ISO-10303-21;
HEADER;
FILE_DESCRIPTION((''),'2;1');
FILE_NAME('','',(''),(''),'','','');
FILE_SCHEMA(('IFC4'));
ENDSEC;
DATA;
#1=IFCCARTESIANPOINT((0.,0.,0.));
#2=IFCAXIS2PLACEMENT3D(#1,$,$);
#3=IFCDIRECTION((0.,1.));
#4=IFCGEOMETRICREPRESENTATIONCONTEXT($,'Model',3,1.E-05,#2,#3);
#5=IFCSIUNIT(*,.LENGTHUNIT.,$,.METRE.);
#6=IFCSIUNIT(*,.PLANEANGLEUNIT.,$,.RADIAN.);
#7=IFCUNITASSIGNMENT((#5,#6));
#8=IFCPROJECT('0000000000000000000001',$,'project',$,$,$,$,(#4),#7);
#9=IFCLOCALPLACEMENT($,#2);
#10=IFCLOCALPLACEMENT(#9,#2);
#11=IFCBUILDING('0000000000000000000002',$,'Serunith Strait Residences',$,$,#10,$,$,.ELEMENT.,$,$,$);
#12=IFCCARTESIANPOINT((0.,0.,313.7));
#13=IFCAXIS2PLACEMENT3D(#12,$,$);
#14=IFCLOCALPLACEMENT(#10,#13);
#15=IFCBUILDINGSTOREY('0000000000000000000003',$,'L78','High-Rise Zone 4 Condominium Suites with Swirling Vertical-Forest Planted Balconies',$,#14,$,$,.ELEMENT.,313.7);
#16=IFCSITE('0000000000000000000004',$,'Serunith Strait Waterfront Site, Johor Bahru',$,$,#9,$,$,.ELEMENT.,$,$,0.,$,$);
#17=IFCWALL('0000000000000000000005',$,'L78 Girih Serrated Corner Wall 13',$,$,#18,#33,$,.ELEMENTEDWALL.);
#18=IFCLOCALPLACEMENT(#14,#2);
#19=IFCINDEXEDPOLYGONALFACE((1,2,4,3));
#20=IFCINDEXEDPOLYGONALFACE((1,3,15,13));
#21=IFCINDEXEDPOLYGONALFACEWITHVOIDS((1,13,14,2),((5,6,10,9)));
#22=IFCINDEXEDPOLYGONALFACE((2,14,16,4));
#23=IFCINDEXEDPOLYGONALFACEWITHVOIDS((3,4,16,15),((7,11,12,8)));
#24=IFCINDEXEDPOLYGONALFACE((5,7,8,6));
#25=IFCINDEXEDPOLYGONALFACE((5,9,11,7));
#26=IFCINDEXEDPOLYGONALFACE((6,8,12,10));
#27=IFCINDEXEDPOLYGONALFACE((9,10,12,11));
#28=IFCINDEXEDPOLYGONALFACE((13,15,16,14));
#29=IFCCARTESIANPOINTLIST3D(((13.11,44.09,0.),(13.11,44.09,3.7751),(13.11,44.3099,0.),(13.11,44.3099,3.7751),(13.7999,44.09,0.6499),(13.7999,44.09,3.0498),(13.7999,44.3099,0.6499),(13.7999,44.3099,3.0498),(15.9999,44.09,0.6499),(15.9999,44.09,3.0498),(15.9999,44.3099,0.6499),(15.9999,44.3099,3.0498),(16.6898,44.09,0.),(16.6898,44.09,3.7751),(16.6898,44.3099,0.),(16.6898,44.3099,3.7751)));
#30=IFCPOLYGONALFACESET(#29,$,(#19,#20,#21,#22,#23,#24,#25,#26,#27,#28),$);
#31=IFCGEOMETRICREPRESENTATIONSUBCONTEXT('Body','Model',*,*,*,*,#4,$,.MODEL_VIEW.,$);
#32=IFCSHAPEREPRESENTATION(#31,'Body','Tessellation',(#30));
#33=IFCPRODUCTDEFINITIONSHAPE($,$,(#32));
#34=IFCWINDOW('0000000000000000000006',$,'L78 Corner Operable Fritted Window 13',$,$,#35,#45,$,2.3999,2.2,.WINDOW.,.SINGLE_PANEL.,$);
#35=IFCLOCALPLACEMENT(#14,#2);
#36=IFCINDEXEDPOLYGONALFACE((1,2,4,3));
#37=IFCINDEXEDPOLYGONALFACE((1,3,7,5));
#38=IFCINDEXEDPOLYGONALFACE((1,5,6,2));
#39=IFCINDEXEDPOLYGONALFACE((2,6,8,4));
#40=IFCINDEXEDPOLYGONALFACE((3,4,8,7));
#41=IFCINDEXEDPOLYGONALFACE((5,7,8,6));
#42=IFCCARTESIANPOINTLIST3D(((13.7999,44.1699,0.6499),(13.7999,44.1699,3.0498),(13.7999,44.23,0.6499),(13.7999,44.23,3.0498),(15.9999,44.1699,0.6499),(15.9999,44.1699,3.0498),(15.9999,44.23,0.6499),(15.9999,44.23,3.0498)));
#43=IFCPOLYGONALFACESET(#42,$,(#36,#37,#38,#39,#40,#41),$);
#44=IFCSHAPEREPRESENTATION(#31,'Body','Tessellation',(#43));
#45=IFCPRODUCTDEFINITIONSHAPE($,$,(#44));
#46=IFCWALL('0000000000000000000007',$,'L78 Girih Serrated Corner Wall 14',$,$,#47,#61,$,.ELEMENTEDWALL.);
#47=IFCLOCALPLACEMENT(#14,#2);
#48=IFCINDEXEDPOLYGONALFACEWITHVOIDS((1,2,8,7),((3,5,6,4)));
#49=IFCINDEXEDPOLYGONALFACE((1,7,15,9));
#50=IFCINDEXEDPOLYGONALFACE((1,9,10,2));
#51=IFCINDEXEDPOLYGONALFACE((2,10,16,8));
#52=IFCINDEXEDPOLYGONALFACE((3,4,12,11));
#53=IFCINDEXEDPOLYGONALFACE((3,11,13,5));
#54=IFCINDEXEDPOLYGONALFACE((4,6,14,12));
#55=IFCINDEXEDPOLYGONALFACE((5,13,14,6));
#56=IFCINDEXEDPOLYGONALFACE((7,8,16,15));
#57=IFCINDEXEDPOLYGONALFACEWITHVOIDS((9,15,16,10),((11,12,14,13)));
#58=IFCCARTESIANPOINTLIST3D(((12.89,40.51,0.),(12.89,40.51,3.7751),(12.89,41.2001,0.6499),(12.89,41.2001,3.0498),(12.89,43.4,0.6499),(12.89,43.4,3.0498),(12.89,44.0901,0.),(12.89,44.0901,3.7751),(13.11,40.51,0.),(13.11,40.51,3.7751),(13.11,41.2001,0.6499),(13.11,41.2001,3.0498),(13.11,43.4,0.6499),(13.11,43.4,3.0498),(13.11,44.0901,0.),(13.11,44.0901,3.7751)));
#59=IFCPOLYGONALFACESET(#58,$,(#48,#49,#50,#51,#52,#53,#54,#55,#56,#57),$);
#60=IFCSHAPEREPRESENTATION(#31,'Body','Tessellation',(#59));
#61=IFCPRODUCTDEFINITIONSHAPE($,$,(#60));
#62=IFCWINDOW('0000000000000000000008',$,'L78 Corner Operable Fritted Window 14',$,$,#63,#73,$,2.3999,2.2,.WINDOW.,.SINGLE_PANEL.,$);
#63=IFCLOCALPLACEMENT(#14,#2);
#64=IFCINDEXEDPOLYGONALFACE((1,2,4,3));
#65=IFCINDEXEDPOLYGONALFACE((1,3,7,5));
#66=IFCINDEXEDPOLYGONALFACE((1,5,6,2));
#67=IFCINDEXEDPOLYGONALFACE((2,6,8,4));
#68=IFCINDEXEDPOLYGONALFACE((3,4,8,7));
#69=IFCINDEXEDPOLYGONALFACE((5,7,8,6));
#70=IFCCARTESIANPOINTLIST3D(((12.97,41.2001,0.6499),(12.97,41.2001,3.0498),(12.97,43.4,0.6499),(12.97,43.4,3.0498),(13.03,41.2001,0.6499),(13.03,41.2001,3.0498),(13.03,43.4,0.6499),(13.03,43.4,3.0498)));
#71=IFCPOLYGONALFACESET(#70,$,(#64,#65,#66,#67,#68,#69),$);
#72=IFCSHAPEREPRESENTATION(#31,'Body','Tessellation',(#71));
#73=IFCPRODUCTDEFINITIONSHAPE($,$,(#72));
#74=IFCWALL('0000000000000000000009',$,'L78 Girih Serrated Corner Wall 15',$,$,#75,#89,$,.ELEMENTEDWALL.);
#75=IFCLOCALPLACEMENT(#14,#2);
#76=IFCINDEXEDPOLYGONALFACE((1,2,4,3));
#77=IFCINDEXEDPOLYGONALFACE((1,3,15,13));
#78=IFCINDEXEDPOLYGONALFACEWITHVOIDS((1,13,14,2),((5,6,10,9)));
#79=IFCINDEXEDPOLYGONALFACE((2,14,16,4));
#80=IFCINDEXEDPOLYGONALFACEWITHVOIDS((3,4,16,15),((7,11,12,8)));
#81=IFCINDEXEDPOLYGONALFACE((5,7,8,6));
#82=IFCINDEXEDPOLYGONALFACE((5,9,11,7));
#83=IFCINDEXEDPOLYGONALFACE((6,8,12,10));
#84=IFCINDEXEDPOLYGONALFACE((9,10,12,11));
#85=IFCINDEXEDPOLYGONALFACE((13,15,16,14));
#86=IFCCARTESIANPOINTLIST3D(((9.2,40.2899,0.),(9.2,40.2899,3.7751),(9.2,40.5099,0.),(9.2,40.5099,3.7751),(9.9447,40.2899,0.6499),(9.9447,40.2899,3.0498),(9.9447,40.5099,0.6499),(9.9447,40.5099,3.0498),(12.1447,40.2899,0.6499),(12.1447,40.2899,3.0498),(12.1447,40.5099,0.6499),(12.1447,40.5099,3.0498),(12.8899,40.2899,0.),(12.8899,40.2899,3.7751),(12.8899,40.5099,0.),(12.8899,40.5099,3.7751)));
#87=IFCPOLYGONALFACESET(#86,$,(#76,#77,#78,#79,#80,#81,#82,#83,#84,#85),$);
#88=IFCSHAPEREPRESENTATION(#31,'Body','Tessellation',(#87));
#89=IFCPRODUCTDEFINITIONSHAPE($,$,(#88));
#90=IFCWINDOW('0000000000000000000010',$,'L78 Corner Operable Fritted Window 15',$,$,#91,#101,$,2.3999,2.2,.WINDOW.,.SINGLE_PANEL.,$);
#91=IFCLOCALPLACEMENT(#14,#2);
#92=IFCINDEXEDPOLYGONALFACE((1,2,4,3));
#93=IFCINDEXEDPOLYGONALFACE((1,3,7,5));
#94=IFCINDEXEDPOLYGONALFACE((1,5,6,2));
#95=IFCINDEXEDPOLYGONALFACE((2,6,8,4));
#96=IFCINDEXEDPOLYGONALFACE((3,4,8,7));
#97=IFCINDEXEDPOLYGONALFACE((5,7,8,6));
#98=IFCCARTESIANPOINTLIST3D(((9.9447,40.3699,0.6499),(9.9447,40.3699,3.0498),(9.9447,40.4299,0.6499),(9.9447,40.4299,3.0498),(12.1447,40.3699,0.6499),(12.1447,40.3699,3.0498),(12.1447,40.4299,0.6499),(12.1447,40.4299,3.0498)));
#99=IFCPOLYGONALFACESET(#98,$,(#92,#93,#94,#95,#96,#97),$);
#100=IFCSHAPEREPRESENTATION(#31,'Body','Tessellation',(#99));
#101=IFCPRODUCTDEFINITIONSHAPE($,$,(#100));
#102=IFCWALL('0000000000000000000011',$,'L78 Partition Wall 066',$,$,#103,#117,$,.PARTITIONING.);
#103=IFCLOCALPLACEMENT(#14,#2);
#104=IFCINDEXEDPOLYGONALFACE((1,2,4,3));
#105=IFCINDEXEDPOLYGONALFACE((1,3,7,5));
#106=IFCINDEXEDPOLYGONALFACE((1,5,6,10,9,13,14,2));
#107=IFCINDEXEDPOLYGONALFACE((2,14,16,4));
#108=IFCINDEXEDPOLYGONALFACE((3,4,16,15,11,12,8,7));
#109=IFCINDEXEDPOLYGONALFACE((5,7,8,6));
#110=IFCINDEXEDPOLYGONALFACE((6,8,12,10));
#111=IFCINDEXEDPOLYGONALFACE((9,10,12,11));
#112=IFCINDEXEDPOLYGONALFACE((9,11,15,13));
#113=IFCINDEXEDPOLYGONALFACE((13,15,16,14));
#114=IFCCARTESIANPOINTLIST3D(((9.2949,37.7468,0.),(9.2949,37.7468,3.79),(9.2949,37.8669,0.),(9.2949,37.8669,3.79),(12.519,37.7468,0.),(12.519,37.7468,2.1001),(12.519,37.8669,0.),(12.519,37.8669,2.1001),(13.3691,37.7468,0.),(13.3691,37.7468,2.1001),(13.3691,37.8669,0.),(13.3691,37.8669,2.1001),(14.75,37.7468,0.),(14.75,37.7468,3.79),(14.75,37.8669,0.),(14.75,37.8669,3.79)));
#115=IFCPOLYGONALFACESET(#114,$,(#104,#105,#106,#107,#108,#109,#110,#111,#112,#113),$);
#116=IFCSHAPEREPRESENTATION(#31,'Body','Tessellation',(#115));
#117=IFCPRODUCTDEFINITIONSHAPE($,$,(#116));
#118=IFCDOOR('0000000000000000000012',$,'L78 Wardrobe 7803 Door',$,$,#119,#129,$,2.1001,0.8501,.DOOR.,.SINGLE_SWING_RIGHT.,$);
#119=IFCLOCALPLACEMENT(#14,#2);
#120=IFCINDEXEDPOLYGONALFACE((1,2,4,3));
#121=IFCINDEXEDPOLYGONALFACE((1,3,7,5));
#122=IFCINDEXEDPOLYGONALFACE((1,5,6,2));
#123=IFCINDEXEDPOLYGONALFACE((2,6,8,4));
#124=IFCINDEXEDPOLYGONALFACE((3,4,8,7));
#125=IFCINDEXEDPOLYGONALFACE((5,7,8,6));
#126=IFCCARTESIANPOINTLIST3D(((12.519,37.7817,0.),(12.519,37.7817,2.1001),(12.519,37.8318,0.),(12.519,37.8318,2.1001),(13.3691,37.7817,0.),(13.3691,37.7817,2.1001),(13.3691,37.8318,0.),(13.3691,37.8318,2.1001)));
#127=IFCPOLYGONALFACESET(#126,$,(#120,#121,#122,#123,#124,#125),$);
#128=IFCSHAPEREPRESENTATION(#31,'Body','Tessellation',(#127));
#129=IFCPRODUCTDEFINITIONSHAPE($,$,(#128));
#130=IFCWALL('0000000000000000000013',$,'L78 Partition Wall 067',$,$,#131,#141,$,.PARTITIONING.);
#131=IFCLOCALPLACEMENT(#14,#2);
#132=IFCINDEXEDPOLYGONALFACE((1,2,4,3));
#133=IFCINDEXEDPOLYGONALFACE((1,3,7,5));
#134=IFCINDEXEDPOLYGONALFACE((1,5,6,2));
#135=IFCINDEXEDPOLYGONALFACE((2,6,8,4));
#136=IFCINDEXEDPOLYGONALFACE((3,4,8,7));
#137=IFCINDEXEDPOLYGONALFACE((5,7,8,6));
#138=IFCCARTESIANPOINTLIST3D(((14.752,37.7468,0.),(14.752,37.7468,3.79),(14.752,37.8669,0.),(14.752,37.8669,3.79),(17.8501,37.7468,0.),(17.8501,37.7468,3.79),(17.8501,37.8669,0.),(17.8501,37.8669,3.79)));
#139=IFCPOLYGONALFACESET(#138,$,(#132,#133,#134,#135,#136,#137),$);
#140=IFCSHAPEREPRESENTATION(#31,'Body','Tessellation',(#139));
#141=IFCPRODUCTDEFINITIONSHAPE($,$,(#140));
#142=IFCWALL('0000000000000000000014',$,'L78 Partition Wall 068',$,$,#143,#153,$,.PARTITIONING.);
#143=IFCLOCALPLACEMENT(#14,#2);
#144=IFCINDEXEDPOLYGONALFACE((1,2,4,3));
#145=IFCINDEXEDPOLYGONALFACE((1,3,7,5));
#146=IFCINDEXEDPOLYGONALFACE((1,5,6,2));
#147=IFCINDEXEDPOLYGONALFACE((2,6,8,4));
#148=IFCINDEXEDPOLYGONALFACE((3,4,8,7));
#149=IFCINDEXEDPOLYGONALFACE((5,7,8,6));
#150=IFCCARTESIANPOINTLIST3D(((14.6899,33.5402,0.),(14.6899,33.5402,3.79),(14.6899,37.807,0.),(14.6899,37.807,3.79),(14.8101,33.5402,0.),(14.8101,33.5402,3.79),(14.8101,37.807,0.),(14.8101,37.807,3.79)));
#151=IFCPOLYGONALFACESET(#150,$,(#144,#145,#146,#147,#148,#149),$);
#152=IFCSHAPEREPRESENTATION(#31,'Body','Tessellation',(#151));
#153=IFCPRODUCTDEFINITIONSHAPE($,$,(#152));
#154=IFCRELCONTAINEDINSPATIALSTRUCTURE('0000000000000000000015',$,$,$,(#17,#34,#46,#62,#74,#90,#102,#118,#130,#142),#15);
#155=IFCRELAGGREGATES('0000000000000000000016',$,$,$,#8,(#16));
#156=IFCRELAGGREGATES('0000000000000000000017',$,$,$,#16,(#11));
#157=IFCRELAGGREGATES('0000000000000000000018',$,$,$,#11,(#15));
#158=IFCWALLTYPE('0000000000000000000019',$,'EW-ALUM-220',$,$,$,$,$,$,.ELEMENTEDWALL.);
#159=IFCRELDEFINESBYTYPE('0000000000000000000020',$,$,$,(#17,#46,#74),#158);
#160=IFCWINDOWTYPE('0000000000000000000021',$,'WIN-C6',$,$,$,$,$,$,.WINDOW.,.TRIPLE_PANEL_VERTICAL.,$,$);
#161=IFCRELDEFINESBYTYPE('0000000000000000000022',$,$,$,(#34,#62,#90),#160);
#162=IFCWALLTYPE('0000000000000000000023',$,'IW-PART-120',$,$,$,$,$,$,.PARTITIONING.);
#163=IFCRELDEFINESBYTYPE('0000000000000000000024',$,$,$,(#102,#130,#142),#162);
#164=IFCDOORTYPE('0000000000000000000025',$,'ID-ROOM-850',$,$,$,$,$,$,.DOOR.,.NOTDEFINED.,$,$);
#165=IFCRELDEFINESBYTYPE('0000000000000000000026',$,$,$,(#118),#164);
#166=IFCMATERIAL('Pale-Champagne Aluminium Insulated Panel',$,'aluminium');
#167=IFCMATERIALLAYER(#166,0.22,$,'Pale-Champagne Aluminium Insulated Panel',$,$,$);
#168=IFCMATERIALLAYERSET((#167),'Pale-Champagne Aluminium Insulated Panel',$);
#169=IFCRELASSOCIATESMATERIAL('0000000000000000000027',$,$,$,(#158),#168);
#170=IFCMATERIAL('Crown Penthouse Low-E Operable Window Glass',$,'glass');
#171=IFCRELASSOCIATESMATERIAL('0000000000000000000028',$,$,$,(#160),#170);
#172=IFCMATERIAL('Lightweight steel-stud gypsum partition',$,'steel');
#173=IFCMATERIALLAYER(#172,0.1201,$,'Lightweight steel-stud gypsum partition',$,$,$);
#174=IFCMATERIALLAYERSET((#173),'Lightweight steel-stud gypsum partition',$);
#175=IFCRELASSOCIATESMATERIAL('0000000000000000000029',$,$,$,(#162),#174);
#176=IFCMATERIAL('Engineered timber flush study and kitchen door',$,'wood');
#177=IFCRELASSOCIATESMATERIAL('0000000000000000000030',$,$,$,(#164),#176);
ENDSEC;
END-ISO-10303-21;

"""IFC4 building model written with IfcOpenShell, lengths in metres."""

from ifc_helpers import new_model, si_unit, direction, frame, frame_2d, origin, place, context, subcontext, project, spatial, rectangle, extrude, source, transform, mapped, material, layer, layer_set, type_object, element, fill, save


model = new_model("IFC4")

# Units and contexts
model_context = context("Model", 3, precision=1e-05, world=origin(), true_north=direction((0.0, 1.0)))
body_context = subcontext(model_context, "Body", "Model", "MODEL_VIEW")
ifc_project = project(units=[si_unit("LENGTHUNIT", "METRE"), si_unit("PLANEANGLEUNIT", "RADIAN")], contexts=[model_context])

# Site, building, storey
site_placement = place(None, origin())
site = spatial("IfcSite", under=ifc_project, at=site_placement, Name="Serunith Strait Waterfront Site, Johor Bahru", CompositionType="ELEMENT", RefElevation=0.0)
building_placement = place(site_placement, origin())
building = spatial("IfcBuilding", under=site, at=building_placement, Name="Serunith Strait Residences", CompositionType="ELEMENT")
storey_placement = place(building_placement, frame((0.0, 0.0, 313.7)))
storey = spatial("IfcBuildingStorey", under=building, at=storey_placement, Name="L78", Description="High-Rise Zone 4 Condominium Suites with Swirling Vertical-Forest Planted Balconies", CompositionType="ELEMENT", Elevation=313.7)

# Walls, openings, windows
ifc_material_1 = material(Name="Pale-Champagne Aluminium Insulated Panel", Category="aluminium")
ifc_layer_1 = layer(ifc_material_1, 0.22, Name="Pale-Champagne Aluminium Insulated Panel")
ifc_layer_set_1 = layer_set([ifc_layer_1], Name="Pale-Champagne Aluminium Insulated Panel")
wall_type_1 = type_object("IfcWallType", Name="EW-ALUM-220", PredefinedType="ELEMENTEDWALL", material=ifc_layer_set_1)
ifc_material_2 = material(Name="Crown Penthouse Low-E Operable Window Glass", Category="glass")
window_type = type_object("IfcWindowType", Name="WIN-C6", PartitioningType="TRIPLE_PANEL_VERTICAL", PredefinedType="WINDOW", material=ifc_material_2)
shared_shape_1 = source(origin(), body_context, "Body", "SweptSolid", [
    extrude(rectangle(XDim=2.2, YDim=2.3999, at=frame_2d((1.1001, 1.2))), frame((0.0, 0.03, 0.0), z_axis=(0.0, -1.0, 0.0), x_axis=(1.0, 0.0, 0.0)), (0.0, 0.0, 1.0), 0.0601),
])
wall_1_placement = place(storey_placement, frame((16.6899, 44.2, 0.0), z_axis=(0.0, 0.0, 1.0), x_axis=(-1.0, 0.0, 0.0)))
wall_1 = element("IfcWall", 1, at=wall_1_placement, inside=storey, type_object=wall_type_1, Name="L78 Girih Serrated Corner Wall 13", PredefinedType="ELEMENTEDWALL", context=body_context, shape_type="SweptSolid", body=[
    extrude(rectangle(XDim=3.5798, YDim=0.22, at=frame_2d((1.79, 0.0))), origin(), (0.0, 0.0, 1.0), 3.7751),
])
opening_1_placement = place(wall_1_placement, frame((0.6899, 0.0, 0.6499)))
opening_1 = element("IfcOpeningElement", 2, at=opening_1_placement, cuts=wall_1, PredefinedType="OPENING", context=body_context, shape_type="SweptSolid", body=[
    extrude(rectangle(XDim=2.2, YDim=2.3999, at=frame_2d((1.1001, 1.2))), frame((0.0, 0.1201, 0.0), z_axis=(0.0, -1.0, 0.0), x_axis=(1.0, 0.0, 0.0)), (0.0, 0.0, 1.0), 0.24),
])
window_1_placement = place(opening_1_placement, origin())
window_1 = element("IfcWindow", 3, at=window_1_placement, inside=storey, type_object=window_type, Name="L78 Corner Operable Fritted Window 13", OverallHeight=2.3999, OverallWidth=2.2, PartitioningType="SINGLE_PANEL", PredefinedType="WINDOW", context=body_context, shape_type="MappedRepresentation", body=[
    mapped(shared_shape_1, transform((0.0, 0.0, 0.0), scale=1.0)),
])
fill(opening_1, window_1)
wall_2_placement = place(storey_placement, frame((13.0, 44.0901, 0.0), z_axis=(0.0, 0.0, 1.0), x_axis=(0.0, -1.0, 0.0)))
wall_2 = element("IfcWall", 4, at=wall_2_placement, inside=storey, type_object=wall_type_1, Name="L78 Girih Serrated Corner Wall 14", PredefinedType="ELEMENTEDWALL", context=body_context, shape_type="SweptSolid", body=[
    extrude(rectangle(XDim=3.5801, YDim=0.22, at=frame_2d((1.79, 0.0))), origin(), (0.0, 0.0, 1.0), 3.7751),
])
opening_2_placement = place(wall_2_placement, frame((0.6899, 0.0, 0.6499)))
opening_2 = element("IfcOpeningElement", 5, at=opening_2_placement, cuts=wall_2, PredefinedType="OPENING", context=body_context, shape_type="SweptSolid", body=[
    extrude(rectangle(XDim=2.2, YDim=2.3999, at=frame_2d((1.1001, 1.2))), frame((0.0, 0.1201, 0.0), z_axis=(0.0, -1.0, 0.0), x_axis=(1.0, 0.0, 0.0)), (0.0, 0.0, 1.0), 0.24),
])
window_2_placement = place(opening_2_placement, origin())
window_2 = element("IfcWindow", 6, at=window_2_placement, inside=storey, type_object=window_type, Name="L78 Corner Operable Fritted Window 14", OverallHeight=2.3999, OverallWidth=2.2, PartitioningType="SINGLE_PANEL", PredefinedType="WINDOW", context=body_context, shape_type="MappedRepresentation", body=[
    mapped(shared_shape_1, transform((0.0, 0.0, 0.0), scale=1.0)),
])
fill(opening_2, window_2)
wall_3_placement = place(storey_placement, frame((12.8899, 40.3999, 0.0), z_axis=(0.0, 0.0, 1.0), x_axis=(-1.0, 0.0, 0.0)))
wall_3 = element("IfcWall", 7, at=wall_3_placement, inside=storey, type_object=wall_type_1, Name="L78 Girih Serrated Corner Wall 15", PredefinedType="ELEMENTEDWALL", context=body_context, shape_type="SweptSolid", body=[
    extrude(rectangle(XDim=3.6899, YDim=0.22, at=frame_2d((1.845, 0.0))), origin(), (0.0, 0.0, 1.0), 3.7751),
])
opening_3_placement = place(wall_3_placement, frame((0.7451, 0.0, 0.6499)))
opening_3 = element("IfcOpeningElement", 8, at=opening_3_placement, cuts=wall_3, PredefinedType="OPENING", context=body_context, shape_type="SweptSolid", body=[
    extrude(rectangle(XDim=2.2, YDim=2.3999, at=frame_2d((1.1001, 1.2))), frame((0.0, 0.1201, 0.0), z_axis=(0.0, -1.0, 0.0), x_axis=(1.0, 0.0, 0.0)), (0.0, 0.0, 1.0), 0.24),
])
window_3_placement = place(opening_3_placement, origin())
window_3 = element("IfcWindow", 9, at=window_3_placement, inside=storey, type_object=window_type, Name="L78 Corner Operable Fritted Window 15", OverallHeight=2.3999, OverallWidth=2.2, PartitioningType="SINGLE_PANEL", PredefinedType="WINDOW", context=body_context, shape_type="MappedRepresentation", body=[
    mapped(shared_shape_1, transform((0.0, 0.0, 0.0), scale=1.0)),
])
fill(opening_3, window_3)

# Wall, opening, door
ifc_material_3 = material(Name="Lightweight steel-stud gypsum partition", Category="steel")
ifc_layer_2 = layer(ifc_material_3, 0.1201, Name="Lightweight steel-stud gypsum partition")
ifc_layer_set_2 = layer_set([ifc_layer_2], Name="Lightweight steel-stud gypsum partition")
wall_type_2 = type_object("IfcWallType", Name="IW-PART-120", PredefinedType="PARTITIONING", material=ifc_layer_set_2)
wall_4_placement = place(storey_placement, frame((9.2949, 37.8069, 0.0), z_axis=(0.0, 0.0, 1.0), x_axis=(1.0, 0.0, 0.0)))
wall_4 = element("IfcWall", 10, at=wall_4_placement, inside=storey, type_object=wall_type_2, Name="L78 Partition Wall 066", PredefinedType="PARTITIONING", context=body_context, shape_type="SweptSolid", body=[
    extrude(rectangle(XDim=5.4551, YDim=0.1201, at=frame_2d((2.7275, 0.0))), origin(), (0.0, 0.0, 1.0), 3.79),
])
opening_4_placement = place(wall_4_placement, frame((3.2241, 0.0, 0.0)))
opening_4 = element("IfcOpeningElement", 11, at=opening_4_placement, cuts=wall_4, PredefinedType="OPENING", context=body_context, shape_type="SweptSolid", body=[
    extrude(rectangle(XDim=0.8501, YDim=2.1001, at=frame_2d((0.425, 1.05))), frame((0.0, 0.0701, 0.0), z_axis=(0.0, -1.0, 0.0), x_axis=(1.0, 0.0, 0.0)), (0.0, 0.0, 1.0), 0.1401),
])
ifc_material_4 = material(Name="Engineered timber flush study and kitchen door", Category="wood")
door_type_1 = type_object("IfcDoorType", Name="ID-ROOM-850", OperationType="NOTDEFINED", PredefinedType="DOOR", material=ifc_material_4)
shared_shape_2 = source(origin(), body_context, "Body", "SweptSolid", [
    extrude(rectangle(XDim=0.8501, YDim=2.1001, at=frame_2d((0.425, 1.05))), frame((0.0, 0.0249, 0.0), z_axis=(0.0, -1.0, 0.0), x_axis=(1.0, 0.0, 0.0)), (0.0, 0.0, 1.0), 0.05),
])
door_1_placement = place(opening_4_placement, origin())
door_1 = element("IfcDoor", 12, at=door_1_placement, inside=storey, type_object=door_type_1, Name="L78 Wardrobe 7803 Door", OperationType="SINGLE_SWING_RIGHT", OverallHeight=2.1001, OverallWidth=0.8501, PredefinedType="DOOR", context=body_context, shape_type="MappedRepresentation", body=[
    mapped(shared_shape_2, transform((0.0, 0.0, 0.0), scale=1.0)),
])
fill(opening_4, door_1)

# Walls
wall_5_placement = place(storey_placement, frame((14.752, 37.8069, 0.0), z_axis=(0.0, 0.0, 1.0), x_axis=(1.0, 0.0, 0.0)))
element("IfcWall", 13, at=wall_5_placement, inside=storey, type_object=wall_type_2, Name="L78 Partition Wall 067", PredefinedType="PARTITIONING", context=body_context, shape_type="SweptSolid", body=[
    extrude(rectangle(XDim=3.0981, YDim=0.1201, at=frame_2d((1.5491, 0.0))), origin(), (0.0, 0.0, 1.0), 3.79),
])
wall_6_placement = place(storey_placement, frame((14.75, 37.8069, 0.0), z_axis=(0.0, 0.0, 1.0), x_axis=(0.0, -1.0, 0.0)))
element("IfcWall", 14, at=wall_6_placement, inside=storey, type_object=wall_type_2, Name="L78 Partition Wall 068", PredefinedType="PARTITIONING", context=body_context, shape_type="SweptSolid", body=[
    extrude(rectangle(XDim=4.2668, YDim=0.1201, at=frame_2d((2.1333, 0.0))), origin(), (0.0, 0.0, 1.0), 3.79),
])

save(model, "model.ifc")
